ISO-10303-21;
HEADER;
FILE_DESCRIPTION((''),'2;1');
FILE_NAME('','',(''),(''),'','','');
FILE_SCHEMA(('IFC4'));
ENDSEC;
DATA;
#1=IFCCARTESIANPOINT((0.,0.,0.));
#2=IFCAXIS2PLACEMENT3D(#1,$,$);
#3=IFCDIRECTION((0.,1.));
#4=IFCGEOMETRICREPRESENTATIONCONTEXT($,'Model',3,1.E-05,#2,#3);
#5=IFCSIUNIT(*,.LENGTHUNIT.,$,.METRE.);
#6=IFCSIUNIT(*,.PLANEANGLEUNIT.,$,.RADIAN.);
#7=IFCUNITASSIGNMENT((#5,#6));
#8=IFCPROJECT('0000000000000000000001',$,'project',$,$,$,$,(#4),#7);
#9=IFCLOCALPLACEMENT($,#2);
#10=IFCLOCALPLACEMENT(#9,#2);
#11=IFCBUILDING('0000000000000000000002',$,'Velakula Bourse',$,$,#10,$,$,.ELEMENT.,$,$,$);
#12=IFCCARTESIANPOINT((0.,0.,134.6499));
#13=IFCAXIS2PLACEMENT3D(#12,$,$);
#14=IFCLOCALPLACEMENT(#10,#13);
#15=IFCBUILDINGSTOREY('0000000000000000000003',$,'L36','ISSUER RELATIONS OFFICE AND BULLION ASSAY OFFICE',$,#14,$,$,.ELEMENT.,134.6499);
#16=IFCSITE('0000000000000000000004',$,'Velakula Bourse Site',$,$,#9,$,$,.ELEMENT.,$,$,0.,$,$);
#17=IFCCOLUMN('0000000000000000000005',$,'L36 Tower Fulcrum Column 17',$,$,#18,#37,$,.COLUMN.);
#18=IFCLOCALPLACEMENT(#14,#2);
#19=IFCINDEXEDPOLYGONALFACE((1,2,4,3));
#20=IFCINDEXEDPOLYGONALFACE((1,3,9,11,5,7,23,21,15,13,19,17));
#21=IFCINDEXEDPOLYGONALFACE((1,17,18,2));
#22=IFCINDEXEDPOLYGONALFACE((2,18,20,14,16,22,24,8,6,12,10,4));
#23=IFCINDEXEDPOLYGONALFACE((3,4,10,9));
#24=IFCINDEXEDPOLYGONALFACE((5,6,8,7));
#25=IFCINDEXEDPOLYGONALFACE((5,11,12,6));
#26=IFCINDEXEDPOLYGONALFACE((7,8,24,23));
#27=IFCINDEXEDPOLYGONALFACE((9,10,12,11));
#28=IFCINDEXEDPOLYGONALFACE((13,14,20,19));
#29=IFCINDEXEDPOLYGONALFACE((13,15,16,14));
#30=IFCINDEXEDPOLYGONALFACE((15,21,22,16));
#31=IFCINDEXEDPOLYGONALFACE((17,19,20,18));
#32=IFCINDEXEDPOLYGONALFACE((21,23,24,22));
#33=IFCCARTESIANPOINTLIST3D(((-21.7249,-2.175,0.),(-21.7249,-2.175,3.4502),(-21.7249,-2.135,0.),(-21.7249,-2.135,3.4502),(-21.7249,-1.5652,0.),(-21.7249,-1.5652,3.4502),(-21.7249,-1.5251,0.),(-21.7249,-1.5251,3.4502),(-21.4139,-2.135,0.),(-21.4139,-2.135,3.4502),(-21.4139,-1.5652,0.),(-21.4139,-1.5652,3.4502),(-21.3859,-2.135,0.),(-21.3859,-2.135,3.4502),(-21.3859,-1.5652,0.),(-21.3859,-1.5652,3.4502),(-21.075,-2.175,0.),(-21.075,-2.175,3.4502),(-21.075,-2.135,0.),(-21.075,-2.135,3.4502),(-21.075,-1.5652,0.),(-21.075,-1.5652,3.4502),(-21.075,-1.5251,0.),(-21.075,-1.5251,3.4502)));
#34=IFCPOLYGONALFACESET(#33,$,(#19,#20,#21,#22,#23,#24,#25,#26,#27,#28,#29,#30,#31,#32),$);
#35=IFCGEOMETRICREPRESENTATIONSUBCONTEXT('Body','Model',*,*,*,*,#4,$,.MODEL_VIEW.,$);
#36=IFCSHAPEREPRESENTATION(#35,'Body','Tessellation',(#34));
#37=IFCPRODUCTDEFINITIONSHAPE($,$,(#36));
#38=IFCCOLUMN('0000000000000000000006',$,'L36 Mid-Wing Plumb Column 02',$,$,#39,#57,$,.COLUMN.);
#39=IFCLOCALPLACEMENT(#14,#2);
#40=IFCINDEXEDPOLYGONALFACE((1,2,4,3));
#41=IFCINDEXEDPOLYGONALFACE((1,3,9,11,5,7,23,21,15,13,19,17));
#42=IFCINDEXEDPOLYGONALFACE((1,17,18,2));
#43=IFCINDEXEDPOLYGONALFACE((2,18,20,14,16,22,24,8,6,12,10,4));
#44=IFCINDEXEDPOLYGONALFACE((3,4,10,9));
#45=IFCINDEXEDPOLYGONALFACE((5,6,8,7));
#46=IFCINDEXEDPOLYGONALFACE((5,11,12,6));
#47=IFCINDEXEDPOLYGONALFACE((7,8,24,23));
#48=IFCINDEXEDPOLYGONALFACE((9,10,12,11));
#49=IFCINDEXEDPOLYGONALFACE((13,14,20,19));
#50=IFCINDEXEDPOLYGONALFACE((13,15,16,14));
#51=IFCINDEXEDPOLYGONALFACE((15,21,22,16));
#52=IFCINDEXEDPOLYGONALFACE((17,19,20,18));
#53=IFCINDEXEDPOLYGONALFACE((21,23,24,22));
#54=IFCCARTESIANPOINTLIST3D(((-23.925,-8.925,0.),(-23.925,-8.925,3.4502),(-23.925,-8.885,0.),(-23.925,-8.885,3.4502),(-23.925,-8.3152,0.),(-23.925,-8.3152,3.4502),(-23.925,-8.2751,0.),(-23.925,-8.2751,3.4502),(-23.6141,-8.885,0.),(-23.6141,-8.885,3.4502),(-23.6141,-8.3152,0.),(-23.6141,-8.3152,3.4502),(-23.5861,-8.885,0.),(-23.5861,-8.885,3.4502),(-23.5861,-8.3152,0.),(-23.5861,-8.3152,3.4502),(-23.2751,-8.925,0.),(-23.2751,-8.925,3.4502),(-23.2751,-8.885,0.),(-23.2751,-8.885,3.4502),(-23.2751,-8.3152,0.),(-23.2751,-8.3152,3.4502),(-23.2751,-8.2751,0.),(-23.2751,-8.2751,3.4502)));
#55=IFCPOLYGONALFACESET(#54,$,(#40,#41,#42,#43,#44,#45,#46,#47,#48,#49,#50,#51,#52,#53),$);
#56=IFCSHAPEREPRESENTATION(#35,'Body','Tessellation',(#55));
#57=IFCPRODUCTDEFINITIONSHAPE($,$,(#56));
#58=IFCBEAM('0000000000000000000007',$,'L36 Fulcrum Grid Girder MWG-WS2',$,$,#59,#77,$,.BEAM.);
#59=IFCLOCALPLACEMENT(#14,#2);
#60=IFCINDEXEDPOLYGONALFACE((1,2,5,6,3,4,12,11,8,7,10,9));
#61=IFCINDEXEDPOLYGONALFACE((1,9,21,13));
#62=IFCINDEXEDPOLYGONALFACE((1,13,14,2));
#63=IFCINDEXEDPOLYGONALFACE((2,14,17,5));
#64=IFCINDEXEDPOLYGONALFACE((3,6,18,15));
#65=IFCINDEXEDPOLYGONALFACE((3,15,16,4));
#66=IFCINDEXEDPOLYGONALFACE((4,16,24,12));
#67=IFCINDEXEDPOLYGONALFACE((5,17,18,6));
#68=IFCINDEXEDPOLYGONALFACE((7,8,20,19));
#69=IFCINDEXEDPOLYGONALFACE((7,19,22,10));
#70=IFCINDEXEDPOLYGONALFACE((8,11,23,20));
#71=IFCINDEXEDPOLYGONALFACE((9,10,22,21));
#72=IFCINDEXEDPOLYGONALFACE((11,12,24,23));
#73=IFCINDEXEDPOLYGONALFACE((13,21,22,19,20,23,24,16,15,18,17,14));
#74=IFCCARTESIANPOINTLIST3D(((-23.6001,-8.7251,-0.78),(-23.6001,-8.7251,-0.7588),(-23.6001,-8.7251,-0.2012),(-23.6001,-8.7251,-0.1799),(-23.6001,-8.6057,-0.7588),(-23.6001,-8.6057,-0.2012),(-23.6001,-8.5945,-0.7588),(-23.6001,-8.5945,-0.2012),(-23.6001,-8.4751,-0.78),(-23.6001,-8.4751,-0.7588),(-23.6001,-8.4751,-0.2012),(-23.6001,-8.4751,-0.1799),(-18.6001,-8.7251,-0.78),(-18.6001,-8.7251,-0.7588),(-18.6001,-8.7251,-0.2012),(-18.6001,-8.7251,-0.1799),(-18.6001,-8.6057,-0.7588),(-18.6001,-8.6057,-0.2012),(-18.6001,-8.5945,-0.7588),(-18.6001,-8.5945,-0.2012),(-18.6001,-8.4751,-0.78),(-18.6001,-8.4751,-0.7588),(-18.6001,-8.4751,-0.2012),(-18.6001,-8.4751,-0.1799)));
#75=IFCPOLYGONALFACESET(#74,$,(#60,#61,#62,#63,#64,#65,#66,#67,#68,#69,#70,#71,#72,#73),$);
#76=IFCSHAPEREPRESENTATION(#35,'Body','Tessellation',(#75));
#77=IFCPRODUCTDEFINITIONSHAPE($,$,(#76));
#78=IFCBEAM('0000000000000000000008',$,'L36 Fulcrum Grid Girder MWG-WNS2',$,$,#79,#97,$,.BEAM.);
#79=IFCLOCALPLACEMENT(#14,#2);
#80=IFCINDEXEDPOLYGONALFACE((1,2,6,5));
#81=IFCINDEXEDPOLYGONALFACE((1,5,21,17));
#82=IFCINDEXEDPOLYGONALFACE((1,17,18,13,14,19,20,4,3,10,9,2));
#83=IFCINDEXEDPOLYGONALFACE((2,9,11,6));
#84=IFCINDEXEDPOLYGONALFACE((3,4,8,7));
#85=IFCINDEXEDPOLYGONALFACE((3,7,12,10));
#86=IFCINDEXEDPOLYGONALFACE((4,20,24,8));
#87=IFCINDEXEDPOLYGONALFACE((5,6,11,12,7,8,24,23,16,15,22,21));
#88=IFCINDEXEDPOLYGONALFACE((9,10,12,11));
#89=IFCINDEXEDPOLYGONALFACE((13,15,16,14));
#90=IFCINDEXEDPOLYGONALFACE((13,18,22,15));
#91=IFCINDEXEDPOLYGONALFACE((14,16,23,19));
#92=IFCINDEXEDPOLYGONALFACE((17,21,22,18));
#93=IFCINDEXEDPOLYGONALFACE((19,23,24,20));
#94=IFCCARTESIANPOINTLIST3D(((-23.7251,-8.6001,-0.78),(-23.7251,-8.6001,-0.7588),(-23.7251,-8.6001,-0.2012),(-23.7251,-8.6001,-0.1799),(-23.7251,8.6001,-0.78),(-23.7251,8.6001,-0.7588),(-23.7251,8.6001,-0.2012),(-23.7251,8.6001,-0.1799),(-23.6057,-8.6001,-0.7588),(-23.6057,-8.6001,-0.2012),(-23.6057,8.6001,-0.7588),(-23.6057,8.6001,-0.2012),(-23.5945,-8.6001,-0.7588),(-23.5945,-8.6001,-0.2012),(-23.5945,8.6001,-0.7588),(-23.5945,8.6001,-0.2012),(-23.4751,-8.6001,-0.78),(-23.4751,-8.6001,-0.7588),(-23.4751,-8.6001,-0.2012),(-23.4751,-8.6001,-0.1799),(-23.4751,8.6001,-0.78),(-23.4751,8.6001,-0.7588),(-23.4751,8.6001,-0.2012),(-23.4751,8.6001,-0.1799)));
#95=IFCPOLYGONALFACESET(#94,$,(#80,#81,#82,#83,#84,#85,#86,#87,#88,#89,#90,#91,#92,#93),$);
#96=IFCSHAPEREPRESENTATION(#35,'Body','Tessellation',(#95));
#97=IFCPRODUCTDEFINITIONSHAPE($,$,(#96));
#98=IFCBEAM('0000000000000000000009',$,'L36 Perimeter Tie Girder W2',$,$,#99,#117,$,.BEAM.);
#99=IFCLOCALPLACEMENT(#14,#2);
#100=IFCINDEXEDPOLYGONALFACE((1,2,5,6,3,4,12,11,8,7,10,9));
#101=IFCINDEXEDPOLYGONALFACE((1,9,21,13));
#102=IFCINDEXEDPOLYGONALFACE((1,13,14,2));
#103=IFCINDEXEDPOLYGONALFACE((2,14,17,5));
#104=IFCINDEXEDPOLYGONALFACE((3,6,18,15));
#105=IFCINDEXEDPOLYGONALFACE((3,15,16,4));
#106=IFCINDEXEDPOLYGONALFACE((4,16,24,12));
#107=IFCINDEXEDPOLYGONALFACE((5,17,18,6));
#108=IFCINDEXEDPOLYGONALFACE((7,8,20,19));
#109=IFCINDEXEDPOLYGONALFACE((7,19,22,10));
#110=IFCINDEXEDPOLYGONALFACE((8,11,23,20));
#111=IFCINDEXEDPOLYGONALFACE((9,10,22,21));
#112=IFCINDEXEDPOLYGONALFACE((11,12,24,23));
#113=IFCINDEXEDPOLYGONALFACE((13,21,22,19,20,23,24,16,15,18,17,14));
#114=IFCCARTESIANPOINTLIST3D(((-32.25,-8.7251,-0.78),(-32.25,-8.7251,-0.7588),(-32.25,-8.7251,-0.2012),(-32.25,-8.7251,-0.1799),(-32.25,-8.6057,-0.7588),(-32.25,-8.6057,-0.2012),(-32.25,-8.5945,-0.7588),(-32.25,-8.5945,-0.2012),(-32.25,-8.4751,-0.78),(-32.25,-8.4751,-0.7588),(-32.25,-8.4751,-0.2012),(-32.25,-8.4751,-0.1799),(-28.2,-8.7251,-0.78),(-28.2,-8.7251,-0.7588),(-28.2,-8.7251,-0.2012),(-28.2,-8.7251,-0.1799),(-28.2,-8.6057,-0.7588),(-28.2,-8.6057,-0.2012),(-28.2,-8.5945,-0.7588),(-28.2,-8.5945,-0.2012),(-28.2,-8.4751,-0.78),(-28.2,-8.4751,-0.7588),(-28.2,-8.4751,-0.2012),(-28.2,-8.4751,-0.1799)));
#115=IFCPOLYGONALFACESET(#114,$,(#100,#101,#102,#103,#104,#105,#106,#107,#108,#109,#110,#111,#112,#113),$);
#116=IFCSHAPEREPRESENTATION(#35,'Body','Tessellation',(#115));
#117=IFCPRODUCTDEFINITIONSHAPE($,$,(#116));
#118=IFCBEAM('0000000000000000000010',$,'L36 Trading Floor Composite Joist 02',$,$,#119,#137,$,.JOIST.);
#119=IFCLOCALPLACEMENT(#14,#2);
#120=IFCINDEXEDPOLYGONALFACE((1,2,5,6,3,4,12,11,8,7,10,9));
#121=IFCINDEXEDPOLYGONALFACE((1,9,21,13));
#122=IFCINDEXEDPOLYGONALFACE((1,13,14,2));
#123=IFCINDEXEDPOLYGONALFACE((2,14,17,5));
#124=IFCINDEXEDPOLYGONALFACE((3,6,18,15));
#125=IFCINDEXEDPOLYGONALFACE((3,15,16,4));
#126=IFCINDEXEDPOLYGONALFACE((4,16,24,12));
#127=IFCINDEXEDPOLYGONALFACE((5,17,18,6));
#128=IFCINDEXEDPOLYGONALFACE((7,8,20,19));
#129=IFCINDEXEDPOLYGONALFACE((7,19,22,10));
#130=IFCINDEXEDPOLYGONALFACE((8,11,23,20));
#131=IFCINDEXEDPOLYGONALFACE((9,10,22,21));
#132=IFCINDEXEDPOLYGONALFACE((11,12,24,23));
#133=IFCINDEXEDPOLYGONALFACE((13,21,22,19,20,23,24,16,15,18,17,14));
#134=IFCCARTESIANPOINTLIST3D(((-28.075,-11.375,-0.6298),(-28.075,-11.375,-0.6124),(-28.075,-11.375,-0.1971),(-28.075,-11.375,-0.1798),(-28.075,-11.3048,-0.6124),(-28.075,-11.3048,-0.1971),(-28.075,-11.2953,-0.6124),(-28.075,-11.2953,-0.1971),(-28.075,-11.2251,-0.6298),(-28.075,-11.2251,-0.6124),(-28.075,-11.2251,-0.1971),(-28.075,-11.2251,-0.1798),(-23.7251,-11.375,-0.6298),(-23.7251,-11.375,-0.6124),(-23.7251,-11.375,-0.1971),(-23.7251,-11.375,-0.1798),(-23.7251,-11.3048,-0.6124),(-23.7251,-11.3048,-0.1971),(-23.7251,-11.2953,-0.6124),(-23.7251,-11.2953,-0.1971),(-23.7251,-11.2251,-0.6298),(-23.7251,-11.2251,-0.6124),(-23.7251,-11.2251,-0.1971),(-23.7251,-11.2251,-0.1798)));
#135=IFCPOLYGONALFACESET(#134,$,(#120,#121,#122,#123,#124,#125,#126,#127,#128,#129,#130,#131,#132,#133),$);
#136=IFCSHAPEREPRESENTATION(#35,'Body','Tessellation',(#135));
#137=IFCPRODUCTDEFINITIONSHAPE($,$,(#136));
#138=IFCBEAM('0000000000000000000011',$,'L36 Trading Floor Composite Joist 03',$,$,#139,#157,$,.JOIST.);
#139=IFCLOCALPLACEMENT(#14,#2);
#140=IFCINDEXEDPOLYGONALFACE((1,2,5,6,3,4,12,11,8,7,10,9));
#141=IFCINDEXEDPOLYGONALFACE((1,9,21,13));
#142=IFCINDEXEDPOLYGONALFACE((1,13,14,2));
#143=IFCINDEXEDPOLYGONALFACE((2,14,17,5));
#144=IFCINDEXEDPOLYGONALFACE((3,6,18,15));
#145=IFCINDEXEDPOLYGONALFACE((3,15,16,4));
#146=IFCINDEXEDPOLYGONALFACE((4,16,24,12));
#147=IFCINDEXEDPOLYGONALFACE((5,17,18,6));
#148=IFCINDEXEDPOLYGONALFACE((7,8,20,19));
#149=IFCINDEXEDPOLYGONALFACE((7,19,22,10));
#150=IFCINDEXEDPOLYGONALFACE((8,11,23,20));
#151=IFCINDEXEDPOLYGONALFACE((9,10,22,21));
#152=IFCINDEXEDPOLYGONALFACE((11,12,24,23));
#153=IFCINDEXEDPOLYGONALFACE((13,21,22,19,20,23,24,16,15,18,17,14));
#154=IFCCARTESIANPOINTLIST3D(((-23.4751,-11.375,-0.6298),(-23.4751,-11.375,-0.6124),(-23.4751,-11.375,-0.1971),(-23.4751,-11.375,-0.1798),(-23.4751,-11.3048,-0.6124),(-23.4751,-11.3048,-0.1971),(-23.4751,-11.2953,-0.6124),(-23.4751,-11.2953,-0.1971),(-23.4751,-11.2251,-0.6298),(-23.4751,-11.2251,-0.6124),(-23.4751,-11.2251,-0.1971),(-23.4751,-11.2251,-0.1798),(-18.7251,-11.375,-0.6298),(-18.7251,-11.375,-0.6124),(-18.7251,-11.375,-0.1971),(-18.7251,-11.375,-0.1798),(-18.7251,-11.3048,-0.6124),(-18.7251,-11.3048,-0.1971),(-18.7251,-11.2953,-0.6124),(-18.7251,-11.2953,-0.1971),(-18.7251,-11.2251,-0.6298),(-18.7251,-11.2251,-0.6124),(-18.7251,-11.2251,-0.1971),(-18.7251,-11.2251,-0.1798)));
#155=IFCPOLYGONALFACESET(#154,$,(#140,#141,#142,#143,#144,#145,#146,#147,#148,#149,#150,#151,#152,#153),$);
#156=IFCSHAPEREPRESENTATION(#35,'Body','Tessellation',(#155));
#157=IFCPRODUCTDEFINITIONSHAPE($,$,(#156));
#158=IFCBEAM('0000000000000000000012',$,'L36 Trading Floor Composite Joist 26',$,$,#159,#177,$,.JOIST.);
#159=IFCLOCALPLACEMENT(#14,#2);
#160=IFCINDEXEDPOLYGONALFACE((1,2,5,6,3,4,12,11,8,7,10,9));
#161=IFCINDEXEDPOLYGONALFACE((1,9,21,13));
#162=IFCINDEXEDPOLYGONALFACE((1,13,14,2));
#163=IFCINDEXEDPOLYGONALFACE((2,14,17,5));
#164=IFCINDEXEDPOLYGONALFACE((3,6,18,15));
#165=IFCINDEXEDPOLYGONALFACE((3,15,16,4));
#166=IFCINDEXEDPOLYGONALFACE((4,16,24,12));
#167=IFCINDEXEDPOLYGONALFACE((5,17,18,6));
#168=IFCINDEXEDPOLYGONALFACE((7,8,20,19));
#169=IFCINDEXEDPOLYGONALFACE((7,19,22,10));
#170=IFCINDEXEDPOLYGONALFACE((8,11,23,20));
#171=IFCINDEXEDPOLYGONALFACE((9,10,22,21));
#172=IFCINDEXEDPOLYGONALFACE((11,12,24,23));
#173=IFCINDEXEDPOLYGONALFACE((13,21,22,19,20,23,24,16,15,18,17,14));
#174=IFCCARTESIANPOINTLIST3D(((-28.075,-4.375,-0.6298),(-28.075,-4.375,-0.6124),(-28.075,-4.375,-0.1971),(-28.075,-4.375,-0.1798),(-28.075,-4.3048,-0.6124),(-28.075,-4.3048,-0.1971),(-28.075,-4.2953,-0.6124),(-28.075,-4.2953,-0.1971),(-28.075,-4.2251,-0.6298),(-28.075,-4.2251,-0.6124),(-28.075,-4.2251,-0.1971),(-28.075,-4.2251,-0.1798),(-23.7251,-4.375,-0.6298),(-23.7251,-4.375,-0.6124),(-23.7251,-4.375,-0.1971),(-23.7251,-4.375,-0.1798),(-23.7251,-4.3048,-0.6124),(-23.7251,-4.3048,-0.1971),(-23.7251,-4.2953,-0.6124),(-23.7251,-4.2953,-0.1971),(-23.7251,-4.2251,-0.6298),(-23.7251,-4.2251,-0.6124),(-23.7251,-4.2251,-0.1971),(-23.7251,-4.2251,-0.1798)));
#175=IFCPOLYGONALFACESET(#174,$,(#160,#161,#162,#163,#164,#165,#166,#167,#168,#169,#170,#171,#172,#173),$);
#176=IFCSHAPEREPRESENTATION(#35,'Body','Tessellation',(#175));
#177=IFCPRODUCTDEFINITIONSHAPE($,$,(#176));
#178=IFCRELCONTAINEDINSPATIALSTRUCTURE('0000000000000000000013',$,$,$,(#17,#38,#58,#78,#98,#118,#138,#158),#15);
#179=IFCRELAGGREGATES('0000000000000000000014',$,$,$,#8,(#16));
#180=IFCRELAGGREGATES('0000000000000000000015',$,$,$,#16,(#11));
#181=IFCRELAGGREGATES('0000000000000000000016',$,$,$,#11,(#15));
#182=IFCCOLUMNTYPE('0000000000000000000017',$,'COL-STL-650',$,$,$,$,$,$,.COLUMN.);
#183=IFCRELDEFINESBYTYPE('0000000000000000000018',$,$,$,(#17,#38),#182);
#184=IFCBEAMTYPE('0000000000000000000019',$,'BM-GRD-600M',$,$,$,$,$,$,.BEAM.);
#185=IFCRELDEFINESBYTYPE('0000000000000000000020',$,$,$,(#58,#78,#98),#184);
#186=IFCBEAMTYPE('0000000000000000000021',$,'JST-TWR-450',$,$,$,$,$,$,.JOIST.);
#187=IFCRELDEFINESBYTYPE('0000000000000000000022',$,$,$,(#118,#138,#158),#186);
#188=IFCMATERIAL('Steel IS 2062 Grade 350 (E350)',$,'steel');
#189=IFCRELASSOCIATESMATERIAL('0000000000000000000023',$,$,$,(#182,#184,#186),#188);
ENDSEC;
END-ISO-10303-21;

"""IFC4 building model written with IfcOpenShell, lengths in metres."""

from ifc_helpers import new_model, si_unit, direction, frame, origin, origin_2d, place, context, subcontext, project, spatial, i_section, extrude, material, material_profile, profile_set, type_object, element, save


model = new_model("IFC4")

# Units and contexts
model_context = context("Model", 3, precision=1e-05, world=origin(), true_north=direction((0.0, 1.0)))
body_context = subcontext(model_context, "Body", "Model", "MODEL_VIEW")
ifc_project = project(units=[si_unit("LENGTHUNIT", "METRE"), si_unit("PLANEANGLEUNIT", "RADIAN")], contexts=[model_context])

# Site, building, storey
site_placement = place(None, origin())
site = spatial("IfcSite", under=ifc_project, at=site_placement, Name="Velakula Bourse Site", CompositionType="ELEMENT", RefElevation=0.0)
building_placement = place(site_placement, origin())
building = spatial("IfcBuilding", under=site, at=building_placement, Name="Velakula Bourse", CompositionType="ELEMENT")
storey_placement = place(building_placement, frame((0.0, 0.0, 134.6499)))
storey = spatial("IfcBuildingStorey", under=building, at=storey_placement, Name="L36", Description="ISSUER RELATIONS OFFICE AND BULLION ASSAY OFFICE", CompositionType="ELEMENT", Elevation=134.6499)

# Columns
ifc_material_1 = material(Name="Steel IS 2062 Grade 350 (E350)", Category="steel")
ifc_material_profile_1 = material_profile(ifc_material_1, i_section(OverallWidth=0.6499, OverallDepth=0.6499, WebThickness=0.0281, FlangeThickness=0.04, at=origin_2d()), Name="Steel IS 2062 Grade 350 (E350)")
ifc_profile_set_1 = profile_set([ifc_material_profile_1], Name="Steel IS 2062 Grade 350 (E350)")
column_type = type_object("IfcColumnType", Name="COL-STL-650", PredefinedType="COLUMN", material=ifc_profile_set_1)
for number, where, z_axis, x_axis, name in (
    (1, (-21.3999, -1.8501, 0.0), (0.0, 0.0, 1.0), (1.0, 0.0, 0.0), "L36 Tower Fulcrum Column 17"),
    (2, (-23.6001, -8.6001, 0.0), (0.0, 0.0, 1.0), (1.0, 0.0, 0.0), "L36 Mid-Wing Plumb Column 02"),
):
    element("IfcColumn", number, at=place(storey_placement, frame(where, z_axis=z_axis, x_axis=x_axis)), inside=storey, type_object=column_type, Name=name, PredefinedType="COLUMN", context=body_context, shape_type="SweptSolid", body=[
        extrude(i_section(OverallWidth=0.6499, OverallDepth=0.6499, WebThickness=0.0281, FlangeThickness=0.04, at=origin_2d()), origin(), (0.0, 0.0, 1.0), 3.4502),
    ])

# Beams
ifc_material_profile_2 = material_profile(ifc_material_1, i_section(OverallWidth=0.25, OverallDepth=0.6001, WebThickness=0.0112, FlangeThickness=0.0212, at=origin_2d()), Name="Steel IS 2062 Grade 350 (E350)")
ifc_profile_set_2 = profile_set([ifc_material_profile_2], Name="Steel IS 2062 Grade 350 (E350)")
beam_type_1 = type_object("IfcBeamType", Name="BM-GRD-600M", PredefinedType="BEAM", material=ifc_profile_set_2)
beam_1_placement = place(storey_placement, frame((-23.6001, -8.6001, -0.48), z_axis=(1.0, 0.0, 0.0), x_axis=(0.0, 1.0, 0.0)))
element("IfcBeam", 3, at=beam_1_placement, inside=storey, type_object=beam_type_1, Name="L36 Fulcrum Grid Girder MWG-WS2", PredefinedType="BEAM", context=body_context, shape_type="SweptSolid", body=[
    extrude(i_section(OverallWidth=0.25, OverallDepth=0.6001, WebThickness=0.0112, FlangeThickness=0.0212, at=origin_2d()), origin(), (0.0, 0.0, 1.0), 5.0),
])
beam_2_placement = place(storey_placement, frame((-23.6001, -8.6001, -0.48), z_axis=(0.0, 1.0, 0.0), x_axis=(-1.0, 0.0, 0.0)))
element("IfcBeam", 4, at=beam_2_placement, inside=storey, type_object=beam_type_1, Name="L36 Fulcrum Grid Girder MWG-WNS2", PredefinedType="BEAM", context=body_context, shape_type="SweptSolid", body=[
    extrude(i_section(OverallWidth=0.25, OverallDepth=0.6001, WebThickness=0.0112, FlangeThickness=0.0212, at=origin_2d()), origin(), (0.0, 0.0, 1.0), 17.2002),
])
beam_3_placement = place(storey_placement, frame((-28.2, -8.6001, -0.48), z_axis=(-1.0, 0.0, 0.0), x_axis=(0.0, -1.0, 0.0)))
element("IfcBeam", 5, at=beam_3_placement, inside=storey, type_object=beam_type_1, Name="L36 Perimeter Tie Girder W2", PredefinedType="BEAM", context=body_context, shape_type="SweptSolid", body=[
    extrude(i_section(OverallWidth=0.25, OverallDepth=0.6001, WebThickness=0.0112, FlangeThickness=0.0212, at=origin_2d()), origin(), (0.0, 0.0, 1.0), 4.05),
])
ifc_material_profile_3 = material_profile(ifc_material_1, i_section(OverallWidth=0.1499, OverallDepth=0.45, WebThickness=0.0095, FlangeThickness=0.0173, at=origin_2d()), Name="Steel IS 2062 Grade 350 (E350)")
ifc_profile_set_3 = profile_set([ifc_material_profile_3], Name="Steel IS 2062 Grade 350 (E350)")
beam_type_2 = type_object("IfcBeamType", Name="JST-TWR-450", PredefinedType="JOIST", material=ifc_profile_set_3)
beam_4_placement = place(storey_placement, frame((-28.075, -11.3, -0.4048), z_axis=(1.0, 0.0, 0.0), x_axis=(0.0, 1.0, 0.0)))
element("IfcBeam", 6, at=beam_4_placement, inside=storey, type_object=beam_type_2, Name="L36 Trading Floor Composite Joist 02", PredefinedType="JOIST", context=body_context, shape_type="SweptSolid", body=[
    extrude(i_section(OverallWidth=0.1499, OverallDepth=0.45, WebThickness=0.0095, FlangeThickness=0.0173, at=origin_2d()), origin(), (0.0, 0.0, 1.0), 4.3499),
])
beam_5_placement = place(storey_placement, frame((-23.4751, -11.3, -0.4048), z_axis=(1.0, 0.0, 0.0), x_axis=(0.0, 1.0, 0.0)))
element("IfcBeam", 7, at=beam_5_placement, inside=storey, type_object=beam_type_2, Name="L36 Trading Floor Composite Joist 03", PredefinedType="JOIST", context=body_context, shape_type="SweptSolid", body=[
    extrude(i_section(OverallWidth=0.1499, OverallDepth=0.45, WebThickness=0.0095, FlangeThickness=0.0173, at=origin_2d()), origin(), (0.0, 0.0, 1.0), 4.75),
])
beam_6_placement = place(storey_placement, frame((-28.075, -4.3, -0.4048), z_axis=(1.0, 0.0, 0.0), x_axis=(0.0, 1.0, 0.0)))
element("IfcBeam", 8, at=beam_6_placement, inside=storey, type_object=beam_type_2, Name="L36 Trading Floor Composite Joist 26", PredefinedType="JOIST", context=body_context, shape_type="SweptSolid", body=[
    extrude(i_section(OverallWidth=0.1499, OverallDepth=0.45, WebThickness=0.0095, FlangeThickness=0.0173, at=origin_2d()), origin(), (0.0, 0.0, 1.0), 4.3499),
])

save(model, "model.ifc")
